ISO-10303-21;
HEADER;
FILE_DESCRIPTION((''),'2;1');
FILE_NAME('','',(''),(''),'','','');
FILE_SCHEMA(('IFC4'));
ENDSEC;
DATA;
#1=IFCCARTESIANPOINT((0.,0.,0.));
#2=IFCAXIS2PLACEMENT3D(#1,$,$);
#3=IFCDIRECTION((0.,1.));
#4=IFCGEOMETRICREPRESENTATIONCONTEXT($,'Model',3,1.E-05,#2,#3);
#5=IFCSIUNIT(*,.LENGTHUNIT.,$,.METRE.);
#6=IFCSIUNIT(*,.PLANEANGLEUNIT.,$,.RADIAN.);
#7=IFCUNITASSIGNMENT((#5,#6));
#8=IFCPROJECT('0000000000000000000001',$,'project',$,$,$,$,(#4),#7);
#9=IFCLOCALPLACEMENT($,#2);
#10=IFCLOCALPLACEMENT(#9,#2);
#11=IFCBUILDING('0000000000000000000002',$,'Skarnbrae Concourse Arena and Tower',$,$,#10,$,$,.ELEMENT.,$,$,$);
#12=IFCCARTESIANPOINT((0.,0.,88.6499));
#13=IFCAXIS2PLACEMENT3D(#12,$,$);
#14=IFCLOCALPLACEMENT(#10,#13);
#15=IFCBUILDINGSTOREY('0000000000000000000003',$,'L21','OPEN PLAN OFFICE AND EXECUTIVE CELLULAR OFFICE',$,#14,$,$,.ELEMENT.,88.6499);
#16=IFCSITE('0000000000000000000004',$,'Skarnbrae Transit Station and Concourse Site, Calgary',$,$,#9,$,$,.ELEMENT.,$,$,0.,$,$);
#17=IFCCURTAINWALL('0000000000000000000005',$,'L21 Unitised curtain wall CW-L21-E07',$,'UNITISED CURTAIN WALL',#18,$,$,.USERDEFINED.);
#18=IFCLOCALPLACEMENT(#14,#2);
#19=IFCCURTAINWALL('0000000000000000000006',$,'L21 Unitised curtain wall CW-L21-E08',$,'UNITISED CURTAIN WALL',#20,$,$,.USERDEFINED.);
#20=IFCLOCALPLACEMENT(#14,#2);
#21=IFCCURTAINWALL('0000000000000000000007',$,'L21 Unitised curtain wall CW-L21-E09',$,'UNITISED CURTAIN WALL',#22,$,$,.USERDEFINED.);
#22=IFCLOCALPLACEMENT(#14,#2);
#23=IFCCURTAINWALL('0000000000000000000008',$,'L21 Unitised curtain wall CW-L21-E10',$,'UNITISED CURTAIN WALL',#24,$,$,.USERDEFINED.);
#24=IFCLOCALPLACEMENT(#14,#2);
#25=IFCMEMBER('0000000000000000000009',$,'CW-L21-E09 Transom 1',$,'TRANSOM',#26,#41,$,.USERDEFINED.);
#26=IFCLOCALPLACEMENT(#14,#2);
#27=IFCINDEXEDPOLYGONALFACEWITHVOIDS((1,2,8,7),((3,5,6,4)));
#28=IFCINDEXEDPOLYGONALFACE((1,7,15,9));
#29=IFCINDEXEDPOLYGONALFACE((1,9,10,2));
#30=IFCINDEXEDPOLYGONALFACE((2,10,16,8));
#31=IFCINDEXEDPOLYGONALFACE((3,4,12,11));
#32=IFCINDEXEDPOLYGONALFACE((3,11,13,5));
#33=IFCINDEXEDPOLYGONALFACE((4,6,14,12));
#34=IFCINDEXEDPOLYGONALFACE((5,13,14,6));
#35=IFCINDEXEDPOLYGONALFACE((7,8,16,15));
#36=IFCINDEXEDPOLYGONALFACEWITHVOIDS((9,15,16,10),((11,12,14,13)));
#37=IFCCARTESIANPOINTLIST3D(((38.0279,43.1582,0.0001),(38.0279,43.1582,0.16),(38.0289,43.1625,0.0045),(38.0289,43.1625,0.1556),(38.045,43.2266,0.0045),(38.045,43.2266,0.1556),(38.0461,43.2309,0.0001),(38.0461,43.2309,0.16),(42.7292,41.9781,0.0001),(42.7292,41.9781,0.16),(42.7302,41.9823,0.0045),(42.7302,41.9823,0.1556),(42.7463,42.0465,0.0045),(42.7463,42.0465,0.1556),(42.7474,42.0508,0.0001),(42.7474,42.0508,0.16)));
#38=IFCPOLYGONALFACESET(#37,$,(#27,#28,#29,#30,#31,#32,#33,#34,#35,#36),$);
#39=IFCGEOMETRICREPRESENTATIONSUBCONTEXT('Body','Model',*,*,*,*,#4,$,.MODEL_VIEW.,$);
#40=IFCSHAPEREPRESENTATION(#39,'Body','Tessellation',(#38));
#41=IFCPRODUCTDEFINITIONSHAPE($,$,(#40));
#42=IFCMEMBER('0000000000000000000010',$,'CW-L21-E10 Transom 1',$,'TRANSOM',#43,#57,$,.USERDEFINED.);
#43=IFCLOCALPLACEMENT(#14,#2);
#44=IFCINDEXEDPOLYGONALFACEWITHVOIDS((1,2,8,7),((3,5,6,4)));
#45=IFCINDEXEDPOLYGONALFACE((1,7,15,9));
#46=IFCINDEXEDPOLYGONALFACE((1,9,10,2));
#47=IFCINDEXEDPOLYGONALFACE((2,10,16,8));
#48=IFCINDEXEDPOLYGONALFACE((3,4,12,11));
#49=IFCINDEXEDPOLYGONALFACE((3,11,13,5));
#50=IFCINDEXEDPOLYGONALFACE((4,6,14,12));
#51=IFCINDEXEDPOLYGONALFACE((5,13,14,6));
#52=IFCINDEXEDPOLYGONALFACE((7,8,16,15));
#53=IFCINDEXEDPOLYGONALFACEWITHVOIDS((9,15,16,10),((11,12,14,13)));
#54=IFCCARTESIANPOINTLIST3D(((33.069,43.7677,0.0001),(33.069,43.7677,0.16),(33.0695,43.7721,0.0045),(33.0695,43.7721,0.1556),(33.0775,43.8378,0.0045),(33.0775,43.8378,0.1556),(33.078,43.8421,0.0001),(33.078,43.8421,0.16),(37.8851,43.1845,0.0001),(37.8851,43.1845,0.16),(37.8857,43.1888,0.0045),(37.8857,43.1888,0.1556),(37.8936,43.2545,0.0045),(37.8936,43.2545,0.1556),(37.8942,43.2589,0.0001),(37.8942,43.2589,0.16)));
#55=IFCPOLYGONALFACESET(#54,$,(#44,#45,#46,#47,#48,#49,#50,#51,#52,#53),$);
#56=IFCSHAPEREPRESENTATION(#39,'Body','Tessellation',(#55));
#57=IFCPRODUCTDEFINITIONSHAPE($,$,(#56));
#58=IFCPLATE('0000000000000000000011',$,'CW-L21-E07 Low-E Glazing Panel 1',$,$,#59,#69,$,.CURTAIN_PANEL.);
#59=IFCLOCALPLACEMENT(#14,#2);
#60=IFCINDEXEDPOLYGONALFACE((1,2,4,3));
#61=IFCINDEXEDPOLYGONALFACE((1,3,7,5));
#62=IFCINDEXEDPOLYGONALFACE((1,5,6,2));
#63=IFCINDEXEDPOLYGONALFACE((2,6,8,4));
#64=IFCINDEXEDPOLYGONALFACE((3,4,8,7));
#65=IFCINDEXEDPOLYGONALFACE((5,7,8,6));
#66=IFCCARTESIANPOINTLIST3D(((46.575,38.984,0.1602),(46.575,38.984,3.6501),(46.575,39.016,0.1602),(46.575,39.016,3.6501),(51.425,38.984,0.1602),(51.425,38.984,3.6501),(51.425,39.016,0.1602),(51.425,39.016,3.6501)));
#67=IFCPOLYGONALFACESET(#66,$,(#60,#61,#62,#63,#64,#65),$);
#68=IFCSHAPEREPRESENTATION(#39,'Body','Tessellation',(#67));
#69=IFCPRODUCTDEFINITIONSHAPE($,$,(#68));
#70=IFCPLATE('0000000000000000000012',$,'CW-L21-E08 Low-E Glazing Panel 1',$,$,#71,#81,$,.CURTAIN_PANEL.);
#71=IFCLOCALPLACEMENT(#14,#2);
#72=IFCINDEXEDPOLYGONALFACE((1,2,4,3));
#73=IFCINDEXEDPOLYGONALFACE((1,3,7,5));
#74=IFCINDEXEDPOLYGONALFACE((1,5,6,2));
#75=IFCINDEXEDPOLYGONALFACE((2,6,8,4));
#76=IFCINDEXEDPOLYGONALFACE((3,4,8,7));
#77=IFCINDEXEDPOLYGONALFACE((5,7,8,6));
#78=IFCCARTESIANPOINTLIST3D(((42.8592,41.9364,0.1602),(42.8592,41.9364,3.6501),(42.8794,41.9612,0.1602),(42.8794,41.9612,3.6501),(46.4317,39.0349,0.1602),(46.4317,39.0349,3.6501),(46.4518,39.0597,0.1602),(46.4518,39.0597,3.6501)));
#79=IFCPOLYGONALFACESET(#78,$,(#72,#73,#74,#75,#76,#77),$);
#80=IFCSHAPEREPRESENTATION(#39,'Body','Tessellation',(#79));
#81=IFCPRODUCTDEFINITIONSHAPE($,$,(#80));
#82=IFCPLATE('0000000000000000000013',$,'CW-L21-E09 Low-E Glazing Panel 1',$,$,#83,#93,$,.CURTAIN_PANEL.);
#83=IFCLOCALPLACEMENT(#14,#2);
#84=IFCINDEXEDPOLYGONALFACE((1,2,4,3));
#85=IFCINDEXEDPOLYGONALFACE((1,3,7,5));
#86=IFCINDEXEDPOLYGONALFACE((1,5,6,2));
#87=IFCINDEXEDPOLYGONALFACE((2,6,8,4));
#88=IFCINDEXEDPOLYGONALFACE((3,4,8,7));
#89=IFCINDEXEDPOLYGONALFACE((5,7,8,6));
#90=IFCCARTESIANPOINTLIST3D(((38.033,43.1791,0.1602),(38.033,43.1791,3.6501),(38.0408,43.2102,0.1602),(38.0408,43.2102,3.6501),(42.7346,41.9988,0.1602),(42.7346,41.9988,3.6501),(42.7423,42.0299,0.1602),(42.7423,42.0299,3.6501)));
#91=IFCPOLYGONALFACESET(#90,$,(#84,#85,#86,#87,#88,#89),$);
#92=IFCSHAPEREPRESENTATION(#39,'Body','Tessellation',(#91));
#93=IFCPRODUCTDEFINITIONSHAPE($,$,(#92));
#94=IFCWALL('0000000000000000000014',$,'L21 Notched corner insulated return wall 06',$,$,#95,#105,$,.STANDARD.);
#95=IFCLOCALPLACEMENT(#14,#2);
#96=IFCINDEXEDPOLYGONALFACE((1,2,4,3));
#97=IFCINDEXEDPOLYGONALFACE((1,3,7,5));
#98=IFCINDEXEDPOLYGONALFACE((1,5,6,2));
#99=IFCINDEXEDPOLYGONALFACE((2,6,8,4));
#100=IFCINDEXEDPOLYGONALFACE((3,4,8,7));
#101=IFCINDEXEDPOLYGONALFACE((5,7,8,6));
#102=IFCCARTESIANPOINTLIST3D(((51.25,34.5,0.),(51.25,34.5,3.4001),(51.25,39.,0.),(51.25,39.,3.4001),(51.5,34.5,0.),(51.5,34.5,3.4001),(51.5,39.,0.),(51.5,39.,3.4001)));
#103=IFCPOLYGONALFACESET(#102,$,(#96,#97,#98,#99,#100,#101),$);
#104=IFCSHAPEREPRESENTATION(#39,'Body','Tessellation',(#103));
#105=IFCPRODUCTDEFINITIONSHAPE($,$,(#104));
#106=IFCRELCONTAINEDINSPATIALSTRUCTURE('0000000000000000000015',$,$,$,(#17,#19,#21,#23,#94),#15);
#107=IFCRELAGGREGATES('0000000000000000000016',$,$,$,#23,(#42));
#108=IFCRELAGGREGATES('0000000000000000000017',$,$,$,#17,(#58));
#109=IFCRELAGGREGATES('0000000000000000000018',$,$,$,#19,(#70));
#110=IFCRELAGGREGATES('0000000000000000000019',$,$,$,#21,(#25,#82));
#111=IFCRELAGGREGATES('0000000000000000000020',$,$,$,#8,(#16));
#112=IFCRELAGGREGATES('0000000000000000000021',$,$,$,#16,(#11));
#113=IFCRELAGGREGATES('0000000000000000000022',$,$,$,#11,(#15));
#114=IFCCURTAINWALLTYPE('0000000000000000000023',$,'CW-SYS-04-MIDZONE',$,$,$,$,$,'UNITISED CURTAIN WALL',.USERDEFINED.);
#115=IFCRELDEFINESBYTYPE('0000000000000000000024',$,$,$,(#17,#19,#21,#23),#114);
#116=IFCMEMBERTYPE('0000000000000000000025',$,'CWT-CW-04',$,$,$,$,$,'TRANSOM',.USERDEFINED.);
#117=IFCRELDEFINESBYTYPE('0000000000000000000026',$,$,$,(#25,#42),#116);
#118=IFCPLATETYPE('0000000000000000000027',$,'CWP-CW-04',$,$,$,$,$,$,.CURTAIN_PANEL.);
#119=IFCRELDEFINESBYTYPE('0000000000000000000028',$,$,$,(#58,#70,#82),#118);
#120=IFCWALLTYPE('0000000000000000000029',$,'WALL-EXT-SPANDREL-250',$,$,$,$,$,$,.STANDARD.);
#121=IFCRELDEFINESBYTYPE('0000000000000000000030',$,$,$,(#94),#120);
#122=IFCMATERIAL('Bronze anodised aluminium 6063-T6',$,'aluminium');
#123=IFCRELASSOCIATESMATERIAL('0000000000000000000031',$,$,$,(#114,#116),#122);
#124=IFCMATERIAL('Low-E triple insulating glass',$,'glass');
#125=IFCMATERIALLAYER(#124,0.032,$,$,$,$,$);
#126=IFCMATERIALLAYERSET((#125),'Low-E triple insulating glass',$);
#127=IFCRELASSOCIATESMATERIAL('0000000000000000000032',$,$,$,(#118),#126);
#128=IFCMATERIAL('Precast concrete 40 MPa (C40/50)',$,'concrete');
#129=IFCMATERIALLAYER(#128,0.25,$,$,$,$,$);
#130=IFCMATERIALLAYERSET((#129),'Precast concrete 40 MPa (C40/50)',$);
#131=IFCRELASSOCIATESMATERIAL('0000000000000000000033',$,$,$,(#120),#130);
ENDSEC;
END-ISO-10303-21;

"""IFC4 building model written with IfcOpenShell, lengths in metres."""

from ifc_helpers import new_model, si_unit, direction, frame, frame_2d, origin, origin_2d, place, context, subcontext, project, spatial, rectangle, hollow_rectangle, extrude, source, transform, mapped, material, layer, layer_set, material_profile, profile_set, type_object, element, aggregate, save


model = new_model("IFC4")

# Units and contexts
model_context = context("Model", 3, precision=1e-05, world=origin(), true_north=direction((0.0, 1.0)))
body_context = subcontext(model_context, "Body", "Model", "MODEL_VIEW")
ifc_project = project(units=[si_unit("LENGTHUNIT", "METRE"), si_unit("PLANEANGLEUNIT", "RADIAN")], contexts=[model_context])

# Site, building, storey
site_placement = place(None, origin())
site = spatial("IfcSite", under=ifc_project, at=site_placement, Name="Skarnbrae Transit Station and Concourse Site, Calgary", CompositionType="ELEMENT", RefElevation=0.0)
building_placement = place(site_placement, origin())
building = spatial("IfcBuilding", under=site, at=building_placement, Name="Skarnbrae Concourse Arena and Tower", CompositionType="ELEMENT")
storey_placement = place(building_placement, frame((0.0, 0.0, 88.6499)))
storey = spatial("IfcBuildingStorey", under=building, at=storey_placement, Name="L21", Description="OPEN PLAN OFFICE AND EXECUTIVE CELLULAR OFFICE", CompositionType="ELEMENT", Elevation=88.6499)

# Curtain walls
ifc_material_1 = material(Name="Bronze anodised aluminium 6063-T6", Category="aluminium")
curtain_wall_type = type_object("IfcCurtainWallType", Name="CW-SYS-04-MIDZONE", ElementType="UNITISED CURTAIN WALL", PredefinedType="USERDEFINED", material=ifc_material_1)
curtain_wall_1_placement = place(storey_placement, origin())
curtain_wall_1 = element("IfcCurtainWall", 1, at=curtain_wall_1_placement, inside=storey, type_object=curtain_wall_type, Name="L21 Unitised curtain wall CW-L21-E07", ObjectType="UNITISED CURTAIN WALL", PredefinedType="USERDEFINED")
curtain_wall_2_placement = place(storey_placement, origin())
curtain_wall_2 = element("IfcCurtainWall", 2, at=curtain_wall_2_placement, inside=storey, type_object=curtain_wall_type, Name="L21 Unitised curtain wall CW-L21-E08", ObjectType="UNITISED CURTAIN WALL", PredefinedType="USERDEFINED")
curtain_wall_3_placement = place(storey_placement, origin())
curtain_wall_3 = element("IfcCurtainWall", 3, at=curtain_wall_3_placement, inside=storey, type_object=curtain_wall_type, Name="L21 Unitised curtain wall CW-L21-E09", ObjectType="UNITISED CURTAIN WALL", PredefinedType="USERDEFINED")

# Curtain wall
curtain_wall_4_placement = place(storey_placement, origin())
curtain_wall_4 = element("IfcCurtainWall", 4, at=curtain_wall_4_placement, inside=storey, type_object=curtain_wall_type, Name="L21 Unitised curtain wall CW-L21-E10", ObjectType="UNITISED CURTAIN WALL", PredefinedType="USERDEFINED")

# Members
ifc_material_profile_1 = material_profile(ifc_material_1, hollow_rectangle(XDim=0.075, YDim=0.1599, WallThickness=0.0044, at=origin_2d()), Name="ALU-TRAN-75X160")
ifc_profile_set_1 = profile_set([ifc_material_profile_1], Name="Bronze anodised aluminium 6063-T6")
member_type_1 = type_object("IfcMemberType", Name="CWT-CW-04", ElementType="TRANSOM", PredefinedType="USERDEFINED", material=ifc_profile_set_1)
shared_shape_1 = source(origin(), body_context, "Body", "SweptSolid", [
    extrude(hollow_rectangle(XDim=0.075, YDim=0.1599, WallThickness=0.0044, at=origin_2d()), origin(), (0.0, 0.0, 1.0), 4.8472),
])
member_1_placement = place(storey_placement, frame((42.7383, 42.0144, 0.0801), z_axis=(-0.969908, 0.243472, 0.0), x_axis=(-0.243472, -0.969908, 0.0)))
member_1 = element("IfcMember", 5, at=member_1_placement, type_object=member_type_1, Name="CW-L21-E09 Transom 1", ObjectType="TRANSOM", PredefinedType="USERDEFINED", context=body_context, shape_type="MappedRepresentation", body=[
    mapped(shared_shape_1, transform((0.0, 0.0, 0.0))),
])
shared_shape_2 = source(origin(), body_context, "Body", "SweptSolid", [
    extrude(hollow_rectangle(XDim=0.075, YDim=0.1599, WallThickness=0.0044, at=origin_2d()), origin(), (0.0, 0.0, 1.0), 4.8513),
])
member_2_placement = place(storey_placement, frame((37.8896, 43.2217, 0.0801), z_axis=(-0.992747, 0.120225, 0.0), x_axis=(-0.120225, -0.992747, 0.0)))
member_2 = element("IfcMember", 6, at=member_2_placement, type_object=member_type_1, Name="CW-L21-E10 Transom 1", ObjectType="TRANSOM", PredefinedType="USERDEFINED", context=body_context, shape_type="MappedRepresentation", body=[
    mapped(shared_shape_2, transform((0.0, 0.0, 0.0))),
])
aggregate(curtain_wall_4, [member_2])

# Plates
ifc_material_2 = material(Name="Low-E triple insulating glass", Category="glass")
ifc_layer_1 = layer(ifc_material_2, 0.032)
ifc_layer_set_1 = layer_set([ifc_layer_1], Name="Low-E triple insulating glass")
plate_type = type_object("IfcPlateType", Name="CWP-CW-04", PredefinedType="CURTAIN_PANEL", material=ifc_layer_set_1)
shared_shape_3 = source(origin(), body_context, "Body", "SweptSolid", [
    extrude(rectangle(XDim=4.8501, YDim=0.032, at=origin_2d()), origin(), (0.0, 0.0, 1.0), 3.49),
])
plate_1_placement = place(storey_placement, frame((49.0, 39.0, 0.1602), z_axis=(0.0, 0.0, 1.0), x_axis=(-1.0, 0.0, 0.0)))
plate_1 = element("IfcPlate", 7, at=plate_1_placement, type_object=plate_type, Name="CW-L21-E07 Low-E Glazing Panel 1", PredefinedType="CURTAIN_PANEL", context=body_context, shape_type="MappedRepresentation", body=[
    mapped(shared_shape_3, transform((0.0, 0.0, 0.0))),
])
aggregate(curtain_wall_1, [plate_1])
shared_shape_4 = source(origin(), body_context, "Body", "SweptSolid", [
    extrude(rectangle(XDim=4.6023, YDim=0.032, at=origin_2d()), origin(), (0.0, 0.0, 1.0), 3.49),
])
plate_2_placement = place(storey_placement, frame((44.6555, 40.498, 0.1602), z_axis=(0.0, 0.0, 1.0), x_axis=(-0.776241, 0.630436, 0.0)))
plate_2 = element("IfcPlate", 8, at=plate_2_placement, type_object=plate_type, Name="CW-L21-E08 Low-E Glazing Panel 1", PredefinedType="CURTAIN_PANEL", context=body_context, shape_type="MappedRepresentation", body=[
    mapped(shared_shape_4, transform((0.0, 0.0, 0.0))),
])
aggregate(curtain_wall_2, [plate_2])
shared_shape_5 = source(origin(), body_context, "Body", "SweptSolid", [
    extrude(rectangle(XDim=4.8474, YDim=0.032, at=origin_2d()), origin(), (0.0, 0.0, 1.0), 3.49),
])
plate_3_placement = place(storey_placement, frame((40.3877, 42.6045, 0.1602), z_axis=(0.0, 0.0, 1.0), x_axis=(-0.969903, 0.243491, 0.0)))
plate_3 = element("IfcPlate", 9, at=plate_3_placement, type_object=plate_type, Name="CW-L21-E09 Low-E Glazing Panel 1", PredefinedType="CURTAIN_PANEL", context=body_context, shape_type="MappedRepresentation", body=[
    mapped(shared_shape_5, transform((0.0, 0.0, 0.0))),
])
aggregate(curtain_wall_3, [member_1, plate_3])

# Wall
ifc_material_3 = material(Name="Precast concrete 40 MPa (C40/50)", Category="concrete")
ifc_layer_2 = layer(ifc_material_3, 0.25)
ifc_layer_set_2 = layer_set([ifc_layer_2], Name="Precast concrete 40 MPa (C40/50)")
wall_type = type_object("IfcWallType", Name="WALL-EXT-SPANDREL-250", PredefinedType="STANDARD", material=ifc_layer_set_2)
shared_shape_6 = source(origin(), body_context, "Body", "SweptSolid", [
    extrude(rectangle(XDim=4.5, YDim=0.25, at=frame_2d((2.25, 0.0))), origin(), (0.0, 0.0, 1.0), 3.4001),
])
wall_placement = place(storey_placement, frame((51.375, 34.5, 0.0), z_axis=(0.0, 0.0, 1.0), x_axis=(0.0, 1.0, 0.0)))
element("IfcWall", 10, at=wall_placement, inside=storey, type_object=wall_type, Name="L21 Notched corner insulated return wall 06", PredefinedType="STANDARD", context=body_context, shape_type="MappedRepresentation", body=[
    mapped(shared_shape_6, transform((0.0, 0.0, 0.0))),
])

save(model, "model.ifc")
